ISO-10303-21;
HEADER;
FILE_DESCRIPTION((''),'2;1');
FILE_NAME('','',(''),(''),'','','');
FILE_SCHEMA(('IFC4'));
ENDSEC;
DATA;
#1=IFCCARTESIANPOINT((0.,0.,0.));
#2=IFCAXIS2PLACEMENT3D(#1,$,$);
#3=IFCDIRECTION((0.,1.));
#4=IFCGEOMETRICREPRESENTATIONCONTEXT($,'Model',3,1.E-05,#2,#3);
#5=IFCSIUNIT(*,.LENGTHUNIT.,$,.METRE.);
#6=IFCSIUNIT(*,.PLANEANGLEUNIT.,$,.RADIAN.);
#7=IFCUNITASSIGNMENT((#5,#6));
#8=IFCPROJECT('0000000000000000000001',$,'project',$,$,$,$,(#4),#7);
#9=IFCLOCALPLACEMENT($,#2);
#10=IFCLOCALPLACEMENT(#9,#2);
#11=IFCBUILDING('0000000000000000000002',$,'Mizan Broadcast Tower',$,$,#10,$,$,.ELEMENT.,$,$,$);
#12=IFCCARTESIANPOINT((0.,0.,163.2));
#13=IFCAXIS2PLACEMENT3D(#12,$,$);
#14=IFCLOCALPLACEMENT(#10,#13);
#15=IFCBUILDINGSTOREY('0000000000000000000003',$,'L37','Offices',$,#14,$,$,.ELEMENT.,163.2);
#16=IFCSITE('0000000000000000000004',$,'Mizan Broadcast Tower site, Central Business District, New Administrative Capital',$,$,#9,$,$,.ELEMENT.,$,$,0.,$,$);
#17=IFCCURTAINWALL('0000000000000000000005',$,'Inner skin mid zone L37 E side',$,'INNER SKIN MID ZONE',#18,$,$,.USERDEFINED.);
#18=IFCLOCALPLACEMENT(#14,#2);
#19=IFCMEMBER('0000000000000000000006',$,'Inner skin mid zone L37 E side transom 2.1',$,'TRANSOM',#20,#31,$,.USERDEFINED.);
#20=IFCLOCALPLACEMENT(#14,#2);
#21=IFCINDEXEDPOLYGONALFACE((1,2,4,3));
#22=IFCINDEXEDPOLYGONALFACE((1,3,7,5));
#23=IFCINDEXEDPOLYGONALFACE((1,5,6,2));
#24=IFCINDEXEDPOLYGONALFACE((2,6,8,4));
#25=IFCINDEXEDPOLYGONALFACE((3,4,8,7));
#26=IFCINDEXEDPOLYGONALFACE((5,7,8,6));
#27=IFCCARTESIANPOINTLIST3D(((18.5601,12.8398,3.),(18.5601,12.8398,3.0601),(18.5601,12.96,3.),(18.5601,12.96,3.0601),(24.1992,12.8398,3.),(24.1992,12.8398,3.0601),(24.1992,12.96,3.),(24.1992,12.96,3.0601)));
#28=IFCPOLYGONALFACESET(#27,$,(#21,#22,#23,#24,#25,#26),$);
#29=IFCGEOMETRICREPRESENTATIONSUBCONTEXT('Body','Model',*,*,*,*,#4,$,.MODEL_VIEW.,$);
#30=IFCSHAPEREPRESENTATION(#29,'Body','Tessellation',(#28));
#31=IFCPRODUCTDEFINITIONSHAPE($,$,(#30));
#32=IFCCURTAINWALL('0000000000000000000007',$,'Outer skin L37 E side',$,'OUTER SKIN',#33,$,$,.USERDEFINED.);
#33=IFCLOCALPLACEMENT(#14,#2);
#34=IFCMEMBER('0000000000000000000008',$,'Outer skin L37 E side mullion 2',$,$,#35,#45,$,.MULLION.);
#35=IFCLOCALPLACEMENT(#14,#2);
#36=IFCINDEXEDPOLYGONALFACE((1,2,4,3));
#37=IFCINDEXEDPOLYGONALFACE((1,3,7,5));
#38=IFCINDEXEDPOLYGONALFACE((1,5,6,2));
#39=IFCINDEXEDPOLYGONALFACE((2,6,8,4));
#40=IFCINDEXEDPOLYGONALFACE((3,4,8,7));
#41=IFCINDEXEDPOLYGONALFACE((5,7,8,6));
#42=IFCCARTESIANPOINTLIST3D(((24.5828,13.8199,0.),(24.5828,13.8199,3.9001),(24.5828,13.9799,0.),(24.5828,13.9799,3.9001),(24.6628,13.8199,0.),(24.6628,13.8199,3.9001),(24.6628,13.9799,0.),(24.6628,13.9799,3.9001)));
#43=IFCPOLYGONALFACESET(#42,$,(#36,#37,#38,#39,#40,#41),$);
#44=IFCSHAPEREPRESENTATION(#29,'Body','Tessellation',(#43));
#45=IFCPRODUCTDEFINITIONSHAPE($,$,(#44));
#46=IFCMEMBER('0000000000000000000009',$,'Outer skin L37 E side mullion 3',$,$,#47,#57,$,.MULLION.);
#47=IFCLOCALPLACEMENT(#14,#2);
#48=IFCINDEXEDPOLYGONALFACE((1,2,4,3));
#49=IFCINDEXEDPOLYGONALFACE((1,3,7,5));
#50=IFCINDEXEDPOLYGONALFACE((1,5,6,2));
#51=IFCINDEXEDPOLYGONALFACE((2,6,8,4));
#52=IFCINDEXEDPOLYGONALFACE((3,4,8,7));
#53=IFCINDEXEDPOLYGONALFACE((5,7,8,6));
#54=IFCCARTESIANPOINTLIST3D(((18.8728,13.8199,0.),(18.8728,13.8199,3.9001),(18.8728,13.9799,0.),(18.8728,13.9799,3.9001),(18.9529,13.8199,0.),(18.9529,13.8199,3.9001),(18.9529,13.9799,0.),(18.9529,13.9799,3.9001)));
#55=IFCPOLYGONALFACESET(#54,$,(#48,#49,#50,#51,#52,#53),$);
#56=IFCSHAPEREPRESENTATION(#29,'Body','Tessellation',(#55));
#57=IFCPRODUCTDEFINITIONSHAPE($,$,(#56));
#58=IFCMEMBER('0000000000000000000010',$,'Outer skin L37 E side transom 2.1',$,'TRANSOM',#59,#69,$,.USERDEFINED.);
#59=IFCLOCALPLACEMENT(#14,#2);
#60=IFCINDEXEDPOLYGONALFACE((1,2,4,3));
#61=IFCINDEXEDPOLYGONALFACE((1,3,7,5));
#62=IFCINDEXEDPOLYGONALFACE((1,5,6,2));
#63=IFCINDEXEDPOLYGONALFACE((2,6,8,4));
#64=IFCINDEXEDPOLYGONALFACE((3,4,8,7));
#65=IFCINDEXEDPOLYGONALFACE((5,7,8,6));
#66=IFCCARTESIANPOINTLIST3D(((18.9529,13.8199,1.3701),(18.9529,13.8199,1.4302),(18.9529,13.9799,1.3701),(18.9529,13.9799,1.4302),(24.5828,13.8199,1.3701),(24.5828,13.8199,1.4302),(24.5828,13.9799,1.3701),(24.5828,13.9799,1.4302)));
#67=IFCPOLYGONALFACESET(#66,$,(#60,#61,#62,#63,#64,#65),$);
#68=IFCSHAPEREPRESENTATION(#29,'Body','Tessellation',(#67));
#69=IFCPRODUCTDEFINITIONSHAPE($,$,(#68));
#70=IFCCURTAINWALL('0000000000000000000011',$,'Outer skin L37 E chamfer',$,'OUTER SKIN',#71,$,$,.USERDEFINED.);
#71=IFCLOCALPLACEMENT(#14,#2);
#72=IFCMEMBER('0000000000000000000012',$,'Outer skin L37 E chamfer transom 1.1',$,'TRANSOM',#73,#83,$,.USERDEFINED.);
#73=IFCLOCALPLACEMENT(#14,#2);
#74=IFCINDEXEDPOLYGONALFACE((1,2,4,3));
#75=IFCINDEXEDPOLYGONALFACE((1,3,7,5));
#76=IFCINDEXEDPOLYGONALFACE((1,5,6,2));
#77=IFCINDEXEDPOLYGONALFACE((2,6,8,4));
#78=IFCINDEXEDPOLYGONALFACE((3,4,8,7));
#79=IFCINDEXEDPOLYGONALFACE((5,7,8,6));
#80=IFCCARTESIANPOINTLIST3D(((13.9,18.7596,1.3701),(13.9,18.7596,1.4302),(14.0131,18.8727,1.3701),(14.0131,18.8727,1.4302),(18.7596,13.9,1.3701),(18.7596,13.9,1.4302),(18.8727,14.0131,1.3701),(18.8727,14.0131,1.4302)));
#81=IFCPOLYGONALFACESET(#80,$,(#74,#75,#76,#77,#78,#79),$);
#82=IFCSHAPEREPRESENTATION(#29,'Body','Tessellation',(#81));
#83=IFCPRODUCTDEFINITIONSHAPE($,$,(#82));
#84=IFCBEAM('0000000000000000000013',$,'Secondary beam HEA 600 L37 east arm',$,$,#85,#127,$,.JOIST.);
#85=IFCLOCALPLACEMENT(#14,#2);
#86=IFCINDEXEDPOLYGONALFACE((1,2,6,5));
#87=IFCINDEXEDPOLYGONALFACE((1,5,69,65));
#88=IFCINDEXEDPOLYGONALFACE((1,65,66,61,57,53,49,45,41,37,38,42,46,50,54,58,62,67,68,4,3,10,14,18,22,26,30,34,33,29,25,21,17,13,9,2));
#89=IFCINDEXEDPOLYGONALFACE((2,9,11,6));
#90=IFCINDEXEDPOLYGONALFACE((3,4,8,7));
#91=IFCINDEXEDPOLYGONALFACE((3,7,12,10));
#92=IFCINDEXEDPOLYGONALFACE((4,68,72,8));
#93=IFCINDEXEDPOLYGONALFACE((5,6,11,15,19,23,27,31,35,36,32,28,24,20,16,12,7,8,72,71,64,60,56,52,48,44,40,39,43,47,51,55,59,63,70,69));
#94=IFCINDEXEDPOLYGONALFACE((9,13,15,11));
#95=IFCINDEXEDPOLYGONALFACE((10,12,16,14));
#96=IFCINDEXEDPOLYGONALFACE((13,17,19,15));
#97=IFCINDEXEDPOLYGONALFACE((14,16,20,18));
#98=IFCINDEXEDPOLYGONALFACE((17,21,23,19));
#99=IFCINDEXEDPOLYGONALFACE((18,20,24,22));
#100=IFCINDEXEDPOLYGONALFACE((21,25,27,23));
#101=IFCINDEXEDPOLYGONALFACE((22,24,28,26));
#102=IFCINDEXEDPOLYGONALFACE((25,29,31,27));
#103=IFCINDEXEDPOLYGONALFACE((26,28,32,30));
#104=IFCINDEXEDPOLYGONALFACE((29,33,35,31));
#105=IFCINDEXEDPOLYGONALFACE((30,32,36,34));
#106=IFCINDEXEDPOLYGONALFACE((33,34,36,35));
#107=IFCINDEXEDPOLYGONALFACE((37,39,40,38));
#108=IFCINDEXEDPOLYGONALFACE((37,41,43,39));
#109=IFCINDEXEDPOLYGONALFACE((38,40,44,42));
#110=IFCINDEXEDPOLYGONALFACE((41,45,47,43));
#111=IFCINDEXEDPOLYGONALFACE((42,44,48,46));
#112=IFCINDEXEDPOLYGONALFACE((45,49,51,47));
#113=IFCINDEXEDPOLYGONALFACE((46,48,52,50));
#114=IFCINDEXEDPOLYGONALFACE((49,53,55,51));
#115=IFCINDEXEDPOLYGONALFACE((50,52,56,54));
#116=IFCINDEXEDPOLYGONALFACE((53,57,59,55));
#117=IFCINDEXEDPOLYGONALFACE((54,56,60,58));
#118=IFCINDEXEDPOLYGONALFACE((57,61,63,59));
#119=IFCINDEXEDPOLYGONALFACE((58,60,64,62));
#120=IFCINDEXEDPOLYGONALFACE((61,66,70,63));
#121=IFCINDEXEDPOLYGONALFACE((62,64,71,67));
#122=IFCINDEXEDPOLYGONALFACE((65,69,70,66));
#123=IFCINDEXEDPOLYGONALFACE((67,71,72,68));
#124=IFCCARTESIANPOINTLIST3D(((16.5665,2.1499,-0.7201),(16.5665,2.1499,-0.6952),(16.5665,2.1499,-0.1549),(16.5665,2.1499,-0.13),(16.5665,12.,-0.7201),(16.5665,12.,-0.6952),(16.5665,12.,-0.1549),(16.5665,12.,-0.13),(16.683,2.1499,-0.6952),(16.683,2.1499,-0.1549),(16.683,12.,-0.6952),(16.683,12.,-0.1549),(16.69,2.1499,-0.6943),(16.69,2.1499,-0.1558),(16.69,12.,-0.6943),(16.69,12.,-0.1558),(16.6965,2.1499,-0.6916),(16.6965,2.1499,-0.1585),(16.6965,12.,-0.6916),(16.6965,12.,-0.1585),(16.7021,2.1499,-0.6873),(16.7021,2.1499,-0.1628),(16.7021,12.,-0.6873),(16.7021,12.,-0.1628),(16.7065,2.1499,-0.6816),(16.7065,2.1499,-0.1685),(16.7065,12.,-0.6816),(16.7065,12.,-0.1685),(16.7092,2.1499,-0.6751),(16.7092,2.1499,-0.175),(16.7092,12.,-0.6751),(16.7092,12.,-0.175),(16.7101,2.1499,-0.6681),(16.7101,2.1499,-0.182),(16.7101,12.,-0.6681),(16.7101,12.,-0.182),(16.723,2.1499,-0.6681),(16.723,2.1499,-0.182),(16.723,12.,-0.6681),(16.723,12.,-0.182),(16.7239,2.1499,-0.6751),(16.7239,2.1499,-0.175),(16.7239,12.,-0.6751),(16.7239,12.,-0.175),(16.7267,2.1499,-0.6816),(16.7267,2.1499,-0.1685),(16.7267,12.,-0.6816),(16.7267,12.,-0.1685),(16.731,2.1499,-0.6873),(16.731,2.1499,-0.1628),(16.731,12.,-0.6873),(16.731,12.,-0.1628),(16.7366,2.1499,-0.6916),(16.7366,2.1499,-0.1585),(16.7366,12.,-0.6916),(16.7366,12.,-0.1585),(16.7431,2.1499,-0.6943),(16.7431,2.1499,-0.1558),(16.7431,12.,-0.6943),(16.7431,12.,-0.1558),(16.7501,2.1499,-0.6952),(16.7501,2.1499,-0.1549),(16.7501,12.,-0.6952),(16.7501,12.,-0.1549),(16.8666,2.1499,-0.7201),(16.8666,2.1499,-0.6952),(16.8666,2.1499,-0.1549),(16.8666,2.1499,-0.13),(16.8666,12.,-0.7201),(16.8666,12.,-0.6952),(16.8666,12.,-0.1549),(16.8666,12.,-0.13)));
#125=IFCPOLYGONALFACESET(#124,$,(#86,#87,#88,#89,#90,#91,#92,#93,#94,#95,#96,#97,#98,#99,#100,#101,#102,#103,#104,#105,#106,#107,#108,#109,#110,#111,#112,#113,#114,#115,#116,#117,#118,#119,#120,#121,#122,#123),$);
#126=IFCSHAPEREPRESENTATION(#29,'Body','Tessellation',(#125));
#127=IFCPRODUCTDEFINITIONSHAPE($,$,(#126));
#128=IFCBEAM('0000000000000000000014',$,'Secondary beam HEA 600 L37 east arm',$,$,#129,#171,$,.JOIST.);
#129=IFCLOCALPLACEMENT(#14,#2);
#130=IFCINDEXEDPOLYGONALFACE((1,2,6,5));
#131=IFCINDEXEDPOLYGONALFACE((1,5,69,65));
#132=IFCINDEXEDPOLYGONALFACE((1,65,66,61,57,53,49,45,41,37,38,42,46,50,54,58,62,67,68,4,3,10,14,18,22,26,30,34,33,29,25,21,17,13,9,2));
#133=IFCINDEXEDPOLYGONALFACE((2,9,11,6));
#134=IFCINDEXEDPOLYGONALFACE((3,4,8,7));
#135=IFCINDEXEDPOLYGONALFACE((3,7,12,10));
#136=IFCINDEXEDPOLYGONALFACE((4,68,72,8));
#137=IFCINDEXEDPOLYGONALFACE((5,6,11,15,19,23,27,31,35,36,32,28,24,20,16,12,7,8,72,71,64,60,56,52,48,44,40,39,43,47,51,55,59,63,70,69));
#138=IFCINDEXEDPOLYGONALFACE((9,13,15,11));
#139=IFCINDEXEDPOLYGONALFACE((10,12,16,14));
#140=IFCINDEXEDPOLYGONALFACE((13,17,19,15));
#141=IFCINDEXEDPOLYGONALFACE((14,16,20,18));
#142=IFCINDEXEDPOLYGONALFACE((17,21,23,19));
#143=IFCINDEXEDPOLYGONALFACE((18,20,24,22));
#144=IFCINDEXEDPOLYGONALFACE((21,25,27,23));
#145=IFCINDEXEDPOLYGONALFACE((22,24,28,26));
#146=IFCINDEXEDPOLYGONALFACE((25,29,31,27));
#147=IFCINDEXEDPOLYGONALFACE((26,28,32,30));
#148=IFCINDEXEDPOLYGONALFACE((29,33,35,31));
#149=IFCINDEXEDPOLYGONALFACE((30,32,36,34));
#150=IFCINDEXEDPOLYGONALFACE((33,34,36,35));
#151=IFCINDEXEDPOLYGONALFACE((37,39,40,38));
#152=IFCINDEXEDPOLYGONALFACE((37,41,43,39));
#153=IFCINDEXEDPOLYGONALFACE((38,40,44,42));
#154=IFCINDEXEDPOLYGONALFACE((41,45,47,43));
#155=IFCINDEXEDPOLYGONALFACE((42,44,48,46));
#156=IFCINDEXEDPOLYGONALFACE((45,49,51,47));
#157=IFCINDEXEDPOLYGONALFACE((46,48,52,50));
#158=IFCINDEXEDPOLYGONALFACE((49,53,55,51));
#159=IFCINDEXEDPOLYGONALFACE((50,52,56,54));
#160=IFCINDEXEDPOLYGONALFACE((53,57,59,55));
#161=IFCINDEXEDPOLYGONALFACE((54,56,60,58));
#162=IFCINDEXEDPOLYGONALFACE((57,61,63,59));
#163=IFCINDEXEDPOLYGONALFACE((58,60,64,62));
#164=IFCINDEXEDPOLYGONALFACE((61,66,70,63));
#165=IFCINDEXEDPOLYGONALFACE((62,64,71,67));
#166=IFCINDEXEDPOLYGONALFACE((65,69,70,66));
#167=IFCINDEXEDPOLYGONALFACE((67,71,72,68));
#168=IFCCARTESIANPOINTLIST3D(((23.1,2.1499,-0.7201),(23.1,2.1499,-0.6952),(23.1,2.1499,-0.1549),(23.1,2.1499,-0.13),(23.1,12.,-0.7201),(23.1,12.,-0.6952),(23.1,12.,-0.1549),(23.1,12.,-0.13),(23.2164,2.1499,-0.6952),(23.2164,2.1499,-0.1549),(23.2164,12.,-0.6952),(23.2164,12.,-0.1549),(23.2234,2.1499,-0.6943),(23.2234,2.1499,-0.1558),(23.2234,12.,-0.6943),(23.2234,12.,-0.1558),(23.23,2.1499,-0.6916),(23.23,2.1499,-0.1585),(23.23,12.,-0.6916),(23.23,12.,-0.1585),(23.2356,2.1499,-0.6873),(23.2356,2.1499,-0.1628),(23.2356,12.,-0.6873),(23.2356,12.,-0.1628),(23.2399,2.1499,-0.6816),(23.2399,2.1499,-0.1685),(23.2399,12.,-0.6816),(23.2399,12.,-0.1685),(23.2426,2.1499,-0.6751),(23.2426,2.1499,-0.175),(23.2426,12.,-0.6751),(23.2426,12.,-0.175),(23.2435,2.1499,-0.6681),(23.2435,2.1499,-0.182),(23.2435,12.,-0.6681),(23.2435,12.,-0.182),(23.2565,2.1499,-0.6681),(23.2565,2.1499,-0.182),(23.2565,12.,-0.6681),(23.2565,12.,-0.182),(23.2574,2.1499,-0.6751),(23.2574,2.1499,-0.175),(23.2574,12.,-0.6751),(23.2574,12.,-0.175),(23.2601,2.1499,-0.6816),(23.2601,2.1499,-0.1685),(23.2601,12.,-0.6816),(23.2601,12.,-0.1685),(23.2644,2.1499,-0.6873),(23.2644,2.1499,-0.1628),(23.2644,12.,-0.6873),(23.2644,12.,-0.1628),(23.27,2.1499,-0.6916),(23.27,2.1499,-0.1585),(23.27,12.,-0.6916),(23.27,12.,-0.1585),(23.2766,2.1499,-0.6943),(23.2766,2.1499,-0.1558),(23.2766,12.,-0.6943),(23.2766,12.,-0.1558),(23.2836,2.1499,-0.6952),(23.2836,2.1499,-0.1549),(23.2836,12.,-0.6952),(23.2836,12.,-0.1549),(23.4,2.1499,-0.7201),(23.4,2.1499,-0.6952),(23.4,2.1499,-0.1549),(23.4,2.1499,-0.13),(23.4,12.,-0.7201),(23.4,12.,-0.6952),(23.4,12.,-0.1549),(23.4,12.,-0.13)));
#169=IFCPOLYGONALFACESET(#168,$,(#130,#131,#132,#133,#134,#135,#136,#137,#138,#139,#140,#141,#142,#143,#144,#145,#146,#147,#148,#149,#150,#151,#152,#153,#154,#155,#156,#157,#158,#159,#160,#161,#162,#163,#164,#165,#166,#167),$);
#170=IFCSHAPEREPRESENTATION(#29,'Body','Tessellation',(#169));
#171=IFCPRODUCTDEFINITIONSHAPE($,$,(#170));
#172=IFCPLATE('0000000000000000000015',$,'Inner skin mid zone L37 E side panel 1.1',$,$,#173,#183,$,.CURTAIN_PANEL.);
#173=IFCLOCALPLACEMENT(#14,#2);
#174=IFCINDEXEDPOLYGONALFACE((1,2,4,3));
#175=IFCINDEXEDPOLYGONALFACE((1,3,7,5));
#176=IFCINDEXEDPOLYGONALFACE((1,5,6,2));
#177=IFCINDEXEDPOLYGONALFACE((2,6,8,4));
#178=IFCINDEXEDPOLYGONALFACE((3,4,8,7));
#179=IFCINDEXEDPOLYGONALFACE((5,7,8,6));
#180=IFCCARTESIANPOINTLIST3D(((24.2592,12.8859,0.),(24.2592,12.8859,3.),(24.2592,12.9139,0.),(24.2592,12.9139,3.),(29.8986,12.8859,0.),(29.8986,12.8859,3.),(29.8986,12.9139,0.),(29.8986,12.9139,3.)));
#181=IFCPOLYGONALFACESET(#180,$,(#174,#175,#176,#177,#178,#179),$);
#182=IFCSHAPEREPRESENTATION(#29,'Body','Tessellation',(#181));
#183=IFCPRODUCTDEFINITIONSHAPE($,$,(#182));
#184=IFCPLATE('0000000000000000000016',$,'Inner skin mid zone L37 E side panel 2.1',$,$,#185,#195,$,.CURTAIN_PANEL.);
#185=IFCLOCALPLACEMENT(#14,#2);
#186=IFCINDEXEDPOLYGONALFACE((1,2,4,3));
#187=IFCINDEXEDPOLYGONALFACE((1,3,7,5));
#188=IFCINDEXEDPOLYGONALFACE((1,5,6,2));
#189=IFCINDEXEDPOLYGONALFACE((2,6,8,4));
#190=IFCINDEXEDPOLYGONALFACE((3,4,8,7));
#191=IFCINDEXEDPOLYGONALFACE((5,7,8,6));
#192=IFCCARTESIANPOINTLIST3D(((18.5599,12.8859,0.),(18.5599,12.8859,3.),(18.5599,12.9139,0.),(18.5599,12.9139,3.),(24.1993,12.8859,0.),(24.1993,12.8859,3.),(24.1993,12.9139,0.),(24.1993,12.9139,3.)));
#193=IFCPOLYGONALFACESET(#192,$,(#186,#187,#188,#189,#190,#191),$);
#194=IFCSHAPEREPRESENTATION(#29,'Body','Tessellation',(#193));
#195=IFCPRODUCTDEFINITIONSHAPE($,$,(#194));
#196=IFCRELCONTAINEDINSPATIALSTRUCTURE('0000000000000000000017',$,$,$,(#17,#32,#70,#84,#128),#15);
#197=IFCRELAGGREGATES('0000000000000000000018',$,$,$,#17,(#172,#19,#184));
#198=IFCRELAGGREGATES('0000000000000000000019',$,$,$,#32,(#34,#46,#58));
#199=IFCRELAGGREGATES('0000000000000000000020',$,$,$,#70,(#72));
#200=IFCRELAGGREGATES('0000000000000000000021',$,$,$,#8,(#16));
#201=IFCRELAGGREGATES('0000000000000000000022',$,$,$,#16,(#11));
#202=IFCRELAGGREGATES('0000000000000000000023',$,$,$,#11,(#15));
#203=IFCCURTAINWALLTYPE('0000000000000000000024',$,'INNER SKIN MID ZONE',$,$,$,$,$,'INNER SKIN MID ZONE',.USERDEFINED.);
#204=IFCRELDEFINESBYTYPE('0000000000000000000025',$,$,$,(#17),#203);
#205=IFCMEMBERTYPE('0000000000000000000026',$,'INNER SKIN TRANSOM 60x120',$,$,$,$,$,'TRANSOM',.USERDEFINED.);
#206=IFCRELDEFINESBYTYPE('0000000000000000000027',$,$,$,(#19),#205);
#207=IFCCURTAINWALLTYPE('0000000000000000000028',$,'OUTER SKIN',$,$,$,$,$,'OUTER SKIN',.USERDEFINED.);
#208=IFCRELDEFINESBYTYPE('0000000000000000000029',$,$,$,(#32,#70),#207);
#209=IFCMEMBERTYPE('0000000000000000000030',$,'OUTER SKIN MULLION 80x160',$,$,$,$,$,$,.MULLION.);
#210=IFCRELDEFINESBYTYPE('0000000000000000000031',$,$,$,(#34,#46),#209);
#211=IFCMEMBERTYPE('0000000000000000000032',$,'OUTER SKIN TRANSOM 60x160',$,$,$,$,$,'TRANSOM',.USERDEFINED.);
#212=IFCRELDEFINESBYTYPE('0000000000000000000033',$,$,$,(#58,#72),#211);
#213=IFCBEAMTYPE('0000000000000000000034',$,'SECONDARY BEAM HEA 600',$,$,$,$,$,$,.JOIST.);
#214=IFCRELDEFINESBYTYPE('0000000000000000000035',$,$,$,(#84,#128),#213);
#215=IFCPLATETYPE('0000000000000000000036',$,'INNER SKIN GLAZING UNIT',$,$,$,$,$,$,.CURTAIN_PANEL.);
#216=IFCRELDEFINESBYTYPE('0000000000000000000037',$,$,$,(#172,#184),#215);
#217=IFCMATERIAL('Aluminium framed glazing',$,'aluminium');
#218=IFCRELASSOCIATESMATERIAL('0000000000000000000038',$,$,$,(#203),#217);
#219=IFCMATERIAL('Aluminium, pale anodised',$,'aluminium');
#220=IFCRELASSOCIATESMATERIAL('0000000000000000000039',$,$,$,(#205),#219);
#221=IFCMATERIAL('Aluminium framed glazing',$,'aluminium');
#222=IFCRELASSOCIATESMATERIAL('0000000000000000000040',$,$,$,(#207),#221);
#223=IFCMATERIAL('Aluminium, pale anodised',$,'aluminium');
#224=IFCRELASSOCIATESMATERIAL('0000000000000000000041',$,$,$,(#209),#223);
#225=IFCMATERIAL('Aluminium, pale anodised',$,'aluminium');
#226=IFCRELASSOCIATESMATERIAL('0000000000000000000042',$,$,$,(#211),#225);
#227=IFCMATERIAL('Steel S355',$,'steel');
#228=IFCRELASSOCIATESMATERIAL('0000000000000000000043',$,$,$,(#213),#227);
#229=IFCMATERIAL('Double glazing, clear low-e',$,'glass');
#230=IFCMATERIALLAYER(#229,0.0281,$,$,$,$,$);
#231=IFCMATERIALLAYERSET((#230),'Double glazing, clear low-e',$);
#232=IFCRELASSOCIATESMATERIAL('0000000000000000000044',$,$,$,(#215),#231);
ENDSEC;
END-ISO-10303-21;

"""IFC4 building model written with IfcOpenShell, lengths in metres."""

from ifc_helpers import new_model, si_unit, direction, frame, origin, origin_2d, place, context, subcontext, project, spatial, rectangle, i_section, extrude, material, layer, layer_set, material_profile, profile_set, type_object, element, aggregate, save


model = new_model("IFC4")

# Units and contexts
model_context = context("Model", 3, precision=1e-05, world=origin(), true_north=direction((0.0, 1.0)))
body_context = subcontext(model_context, "Body", "Model", "MODEL_VIEW")
ifc_project = project(units=[si_unit("LENGTHUNIT", "METRE"), si_unit("PLANEANGLEUNIT", "RADIAN")], contexts=[model_context])

# Site, building, storey
site_placement = place(None, origin())
site = spatial("IfcSite", under=ifc_project, at=site_placement, Name="Mizan Broadcast Tower site, Central Business District, New Administrative Capital", CompositionType="ELEMENT", RefElevation=0.0)
building_placement = place(site_placement, origin())
building = spatial("IfcBuilding", under=site, at=building_placement, Name="Mizan Broadcast Tower", CompositionType="ELEMENT")
storey_placement = place(building_placement, frame((0.0, 0.0, 163.2)))
storey = spatial("IfcBuildingStorey", under=building, at=storey_placement, Name="L37", Description="Offices", CompositionType="ELEMENT", Elevation=163.2)

# Curtain walls, members
ifc_material_1 = material(Name="Aluminium framed glazing", Category="aluminium")
curtain_wall_type_1 = type_object("IfcCurtainWallType", Name="INNER SKIN MID ZONE", ElementType="INNER SKIN MID ZONE", PredefinedType="USERDEFINED", material=ifc_material_1)
curtain_wall_1_placement = place(storey_placement, origin())
curtain_wall_1 = element("IfcCurtainWall", 1, at=curtain_wall_1_placement, inside=storey, type_object=curtain_wall_type_1, Name="Inner skin mid zone L37 E side", ObjectType="INNER SKIN MID ZONE", PredefinedType="USERDEFINED")
ifc_material_2 = material(Name="Aluminium, pale anodised", Category="aluminium")
ifc_material_profile_1 = material_profile(ifc_material_2, rectangle(XDim=0.1201, YDim=0.0601, at=origin_2d()), Name="TRANSOM 120x60")
ifc_profile_set_1 = profile_set([ifc_material_profile_1], Name="Aluminium, pale anodised")
member_type_1 = type_object("IfcMemberType", Name="INNER SKIN TRANSOM 60x120", ElementType="TRANSOM", PredefinedType="USERDEFINED", material=ifc_profile_set_1)
member_1_placement = place(storey_placement, frame((24.1992, 12.8999, 3.03), z_axis=(-1.0, 0.0, 0.0), x_axis=(0.0, -1.0, 0.0)))
member_1 = element("IfcMember", 2, at=member_1_placement, type_object=member_type_1, Name="Inner skin mid zone L37 E side transom 2.1", ObjectType="TRANSOM", PredefinedType="USERDEFINED", context=body_context, shape_type="SweptSolid", body=[
    extrude(rectangle(XDim=0.1201, YDim=0.0601, at=origin_2d()), origin(), (0.0, 0.0, 1.0), 5.6392),
])
ifc_material_3 = material(Name="Aluminium framed glazing", Category="aluminium")
curtain_wall_type_2 = type_object("IfcCurtainWallType", Name="OUTER SKIN", ElementType="OUTER SKIN", PredefinedType="USERDEFINED", material=ifc_material_3)
curtain_wall_2_placement = place(storey_placement, origin())
curtain_wall_2 = element("IfcCurtainWall", 3, at=curtain_wall_2_placement, inside=storey, type_object=curtain_wall_type_2, Name="Outer skin L37 E side", ObjectType="OUTER SKIN", PredefinedType="USERDEFINED")
ifc_material_4 = material(Name="Aluminium, pale anodised", Category="aluminium")
ifc_material_profile_2 = material_profile(ifc_material_4, rectangle(XDim=0.1599, YDim=0.0801, at=origin_2d()), Name="MULLION 160x80")
ifc_profile_set_2 = profile_set([ifc_material_profile_2], Name="Aluminium, pale anodised")
member_type_2 = type_object("IfcMemberType", Name="OUTER SKIN MULLION 80x160", PredefinedType="MULLION", material=ifc_profile_set_2)
member_2_placement = place(storey_placement, frame((24.6228, 13.8999, 0.0), z_axis=(0.0, 0.0, 1.0), x_axis=(0.0, -1.0, 0.0)))
member_2 = element("IfcMember", 4, at=member_2_placement, type_object=member_type_2, Name="Outer skin L37 E side mullion 2", PredefinedType="MULLION", context=body_context, shape_type="SweptSolid", body=[
    extrude(rectangle(XDim=0.1599, YDim=0.0801, at=origin_2d()), origin(), (0.0, 0.0, 1.0), 3.9001),
])
member_3_placement = place(storey_placement, frame((18.9128, 13.8999, 0.0), z_axis=(0.0, 0.0, 1.0), x_axis=(0.0, -1.0, 0.0)))
member_3 = element("IfcMember", 5, at=member_3_placement, type_object=member_type_2, Name="Outer skin L37 E side mullion 3", PredefinedType="MULLION", context=body_context, shape_type="SweptSolid", body=[
    extrude(rectangle(XDim=0.1599, YDim=0.0801, at=origin_2d()), origin(), (0.0, 0.0, 1.0), 3.9001),
])
ifc_material_5 = material(Name="Aluminium, pale anodised", Category="aluminium")
ifc_material_profile_3 = material_profile(ifc_material_5, rectangle(XDim=0.1599, YDim=0.0601, at=origin_2d()), Name="TRANSOM 160x60")
ifc_profile_set_3 = profile_set([ifc_material_profile_3], Name="Aluminium, pale anodised")
member_type_3 = type_object("IfcMemberType", Name="OUTER SKIN TRANSOM 60x160", ElementType="TRANSOM", PredefinedType="USERDEFINED", material=ifc_profile_set_3)
member_4_placement = place(storey_placement, frame((24.5828, 13.8999, 1.4001), z_axis=(-1.0, 0.0, 0.0), x_axis=(0.0, -1.0, 0.0)))
member_4 = element("IfcMember", 6, at=member_4_placement, type_object=member_type_3, Name="Outer skin L37 E side transom 2.1", ObjectType="TRANSOM", PredefinedType="USERDEFINED", context=body_context, shape_type="SweptSolid", body=[
    extrude(rectangle(XDim=0.1599, YDim=0.0601, at=origin_2d()), origin(), (0.0, 0.0, 1.0), 5.6299),
])

# Curtain wall, member
curtain_wall_3_placement = place(storey_placement, origin())
curtain_wall_3 = element("IfcCurtainWall", 7, at=curtain_wall_3_placement, inside=storey, type_object=curtain_wall_type_2, Name="Outer skin L37 E chamfer", ObjectType="OUTER SKIN", PredefinedType="USERDEFINED")
member_5_placement = place(storey_placement, frame((18.8162, 13.9565, 1.4001), z_axis=(-0.707107, 0.707107, 0.0), x_axis=(-0.707107, -0.707107, 0.0)))
member_5 = element("IfcMember", 8, at=member_5_placement, type_object=member_type_3, Name="Outer skin L37 E chamfer transom 1.1", ObjectType="TRANSOM", PredefinedType="USERDEFINED", context=body_context, shape_type="SweptSolid", body=[
    extrude(rectangle(XDim=0.1599, YDim=0.0601, at=origin_2d()), origin(), (0.0, 0.0, 1.0), 6.8726),
])

# Beams
ifc_material_6 = material(Name="Steel S355", Category="steel")
ifc_material_profile_4 = material_profile(ifc_material_6, i_section(OverallWidth=0.3, OverallDepth=0.5901, WebThickness=0.0129, FlangeThickness=0.0249, FilletRadius=0.0271, at=origin_2d()), Name="HEA 600")
ifc_profile_set_4 = profile_set([ifc_material_profile_4], Name="Steel S355")
beam_type_1 = type_object("IfcBeamType", Name="SECONDARY BEAM HEA 600", PredefinedType="JOIST", material=ifc_profile_set_4)
for number, where, z_axis, x_axis, name in (
    (9, (16.7166, 12.0, -0.425), (0.0, -1.0, 0.0), (1.0, 0.0, 0.0), "Secondary beam HEA 600 L37 east arm"),
    (10, (23.25, 12.0, -0.425), (0.0, -1.0, 0.0), (1.0, 0.0, 0.0), "Secondary beam HEA 600 L37 east arm"),
):
    element("IfcBeam", number, at=place(storey_placement, frame(where, z_axis=z_axis, x_axis=x_axis)), inside=storey, type_object=beam_type_1, Name=name, PredefinedType="JOIST", context=body_context, shape_type="SweptSolid", body=[
        extrude(i_section(OverallWidth=0.3, OverallDepth=0.5901, WebThickness=0.0129, FlangeThickness=0.0249, FilletRadius=0.0271, at=origin_2d()), origin(), (0.0, 0.0, 1.0), 9.8501),
    ])

# Plates
ifc_material_7 = material(Name="Double glazing, clear low-e", Category="glass")
ifc_layer_1 = layer(ifc_material_7, 0.0281)
ifc_layer_set_1 = layer_set([ifc_layer_1], Name="Double glazing, clear low-e")
plate_type_1 = type_object("IfcPlateType", Name="INNER SKIN GLAZING UNIT", PredefinedType="CURTAIN_PANEL", material=ifc_layer_set_1)
plate_1_placement = place(storey_placement, frame((27.0789, 12.8999, 0.0), z_axis=(0.0, 0.0, 1.0), x_axis=(-1.0, 0.0, 0.0)))
plate_1 = element("IfcPlate", 11, at=plate_1_placement, type_object=plate_type_1, Name="Inner skin mid zone L37 E side panel 1.1", PredefinedType="CURTAIN_PANEL", context=body_context, shape_type="SweptSolid", body=[
    extrude(rectangle(XDim=5.6394, YDim=0.0281, at=origin_2d()), origin(), (0.0, 0.0, 1.0), 3.0),
])
plate_2_placement = place(storey_placement, frame((21.3796, 12.8999, 0.0), z_axis=(0.0, 0.0, 1.0), x_axis=(-1.0, 0.0, 0.0)))
plate_2 = element("IfcPlate", 12, at=plate_2_placement, type_object=plate_type_1, Name="Inner skin mid zone L37 E side panel 2.1", PredefinedType="CURTAIN_PANEL", context=body_context, shape_type="SweptSolid", body=[
    extrude(rectangle(XDim=5.6394, YDim=0.0281, at=origin_2d()), origin(), (0.0, 0.0, 1.0), 3.0),
])
aggregate(curtain_wall_1, [plate_1, member_1, plate_2])
aggregate(curtain_wall_2, [member_2, member_3, member_4])
aggregate(curtain_wall_3, [member_5])

save(model, "model.ifc")
